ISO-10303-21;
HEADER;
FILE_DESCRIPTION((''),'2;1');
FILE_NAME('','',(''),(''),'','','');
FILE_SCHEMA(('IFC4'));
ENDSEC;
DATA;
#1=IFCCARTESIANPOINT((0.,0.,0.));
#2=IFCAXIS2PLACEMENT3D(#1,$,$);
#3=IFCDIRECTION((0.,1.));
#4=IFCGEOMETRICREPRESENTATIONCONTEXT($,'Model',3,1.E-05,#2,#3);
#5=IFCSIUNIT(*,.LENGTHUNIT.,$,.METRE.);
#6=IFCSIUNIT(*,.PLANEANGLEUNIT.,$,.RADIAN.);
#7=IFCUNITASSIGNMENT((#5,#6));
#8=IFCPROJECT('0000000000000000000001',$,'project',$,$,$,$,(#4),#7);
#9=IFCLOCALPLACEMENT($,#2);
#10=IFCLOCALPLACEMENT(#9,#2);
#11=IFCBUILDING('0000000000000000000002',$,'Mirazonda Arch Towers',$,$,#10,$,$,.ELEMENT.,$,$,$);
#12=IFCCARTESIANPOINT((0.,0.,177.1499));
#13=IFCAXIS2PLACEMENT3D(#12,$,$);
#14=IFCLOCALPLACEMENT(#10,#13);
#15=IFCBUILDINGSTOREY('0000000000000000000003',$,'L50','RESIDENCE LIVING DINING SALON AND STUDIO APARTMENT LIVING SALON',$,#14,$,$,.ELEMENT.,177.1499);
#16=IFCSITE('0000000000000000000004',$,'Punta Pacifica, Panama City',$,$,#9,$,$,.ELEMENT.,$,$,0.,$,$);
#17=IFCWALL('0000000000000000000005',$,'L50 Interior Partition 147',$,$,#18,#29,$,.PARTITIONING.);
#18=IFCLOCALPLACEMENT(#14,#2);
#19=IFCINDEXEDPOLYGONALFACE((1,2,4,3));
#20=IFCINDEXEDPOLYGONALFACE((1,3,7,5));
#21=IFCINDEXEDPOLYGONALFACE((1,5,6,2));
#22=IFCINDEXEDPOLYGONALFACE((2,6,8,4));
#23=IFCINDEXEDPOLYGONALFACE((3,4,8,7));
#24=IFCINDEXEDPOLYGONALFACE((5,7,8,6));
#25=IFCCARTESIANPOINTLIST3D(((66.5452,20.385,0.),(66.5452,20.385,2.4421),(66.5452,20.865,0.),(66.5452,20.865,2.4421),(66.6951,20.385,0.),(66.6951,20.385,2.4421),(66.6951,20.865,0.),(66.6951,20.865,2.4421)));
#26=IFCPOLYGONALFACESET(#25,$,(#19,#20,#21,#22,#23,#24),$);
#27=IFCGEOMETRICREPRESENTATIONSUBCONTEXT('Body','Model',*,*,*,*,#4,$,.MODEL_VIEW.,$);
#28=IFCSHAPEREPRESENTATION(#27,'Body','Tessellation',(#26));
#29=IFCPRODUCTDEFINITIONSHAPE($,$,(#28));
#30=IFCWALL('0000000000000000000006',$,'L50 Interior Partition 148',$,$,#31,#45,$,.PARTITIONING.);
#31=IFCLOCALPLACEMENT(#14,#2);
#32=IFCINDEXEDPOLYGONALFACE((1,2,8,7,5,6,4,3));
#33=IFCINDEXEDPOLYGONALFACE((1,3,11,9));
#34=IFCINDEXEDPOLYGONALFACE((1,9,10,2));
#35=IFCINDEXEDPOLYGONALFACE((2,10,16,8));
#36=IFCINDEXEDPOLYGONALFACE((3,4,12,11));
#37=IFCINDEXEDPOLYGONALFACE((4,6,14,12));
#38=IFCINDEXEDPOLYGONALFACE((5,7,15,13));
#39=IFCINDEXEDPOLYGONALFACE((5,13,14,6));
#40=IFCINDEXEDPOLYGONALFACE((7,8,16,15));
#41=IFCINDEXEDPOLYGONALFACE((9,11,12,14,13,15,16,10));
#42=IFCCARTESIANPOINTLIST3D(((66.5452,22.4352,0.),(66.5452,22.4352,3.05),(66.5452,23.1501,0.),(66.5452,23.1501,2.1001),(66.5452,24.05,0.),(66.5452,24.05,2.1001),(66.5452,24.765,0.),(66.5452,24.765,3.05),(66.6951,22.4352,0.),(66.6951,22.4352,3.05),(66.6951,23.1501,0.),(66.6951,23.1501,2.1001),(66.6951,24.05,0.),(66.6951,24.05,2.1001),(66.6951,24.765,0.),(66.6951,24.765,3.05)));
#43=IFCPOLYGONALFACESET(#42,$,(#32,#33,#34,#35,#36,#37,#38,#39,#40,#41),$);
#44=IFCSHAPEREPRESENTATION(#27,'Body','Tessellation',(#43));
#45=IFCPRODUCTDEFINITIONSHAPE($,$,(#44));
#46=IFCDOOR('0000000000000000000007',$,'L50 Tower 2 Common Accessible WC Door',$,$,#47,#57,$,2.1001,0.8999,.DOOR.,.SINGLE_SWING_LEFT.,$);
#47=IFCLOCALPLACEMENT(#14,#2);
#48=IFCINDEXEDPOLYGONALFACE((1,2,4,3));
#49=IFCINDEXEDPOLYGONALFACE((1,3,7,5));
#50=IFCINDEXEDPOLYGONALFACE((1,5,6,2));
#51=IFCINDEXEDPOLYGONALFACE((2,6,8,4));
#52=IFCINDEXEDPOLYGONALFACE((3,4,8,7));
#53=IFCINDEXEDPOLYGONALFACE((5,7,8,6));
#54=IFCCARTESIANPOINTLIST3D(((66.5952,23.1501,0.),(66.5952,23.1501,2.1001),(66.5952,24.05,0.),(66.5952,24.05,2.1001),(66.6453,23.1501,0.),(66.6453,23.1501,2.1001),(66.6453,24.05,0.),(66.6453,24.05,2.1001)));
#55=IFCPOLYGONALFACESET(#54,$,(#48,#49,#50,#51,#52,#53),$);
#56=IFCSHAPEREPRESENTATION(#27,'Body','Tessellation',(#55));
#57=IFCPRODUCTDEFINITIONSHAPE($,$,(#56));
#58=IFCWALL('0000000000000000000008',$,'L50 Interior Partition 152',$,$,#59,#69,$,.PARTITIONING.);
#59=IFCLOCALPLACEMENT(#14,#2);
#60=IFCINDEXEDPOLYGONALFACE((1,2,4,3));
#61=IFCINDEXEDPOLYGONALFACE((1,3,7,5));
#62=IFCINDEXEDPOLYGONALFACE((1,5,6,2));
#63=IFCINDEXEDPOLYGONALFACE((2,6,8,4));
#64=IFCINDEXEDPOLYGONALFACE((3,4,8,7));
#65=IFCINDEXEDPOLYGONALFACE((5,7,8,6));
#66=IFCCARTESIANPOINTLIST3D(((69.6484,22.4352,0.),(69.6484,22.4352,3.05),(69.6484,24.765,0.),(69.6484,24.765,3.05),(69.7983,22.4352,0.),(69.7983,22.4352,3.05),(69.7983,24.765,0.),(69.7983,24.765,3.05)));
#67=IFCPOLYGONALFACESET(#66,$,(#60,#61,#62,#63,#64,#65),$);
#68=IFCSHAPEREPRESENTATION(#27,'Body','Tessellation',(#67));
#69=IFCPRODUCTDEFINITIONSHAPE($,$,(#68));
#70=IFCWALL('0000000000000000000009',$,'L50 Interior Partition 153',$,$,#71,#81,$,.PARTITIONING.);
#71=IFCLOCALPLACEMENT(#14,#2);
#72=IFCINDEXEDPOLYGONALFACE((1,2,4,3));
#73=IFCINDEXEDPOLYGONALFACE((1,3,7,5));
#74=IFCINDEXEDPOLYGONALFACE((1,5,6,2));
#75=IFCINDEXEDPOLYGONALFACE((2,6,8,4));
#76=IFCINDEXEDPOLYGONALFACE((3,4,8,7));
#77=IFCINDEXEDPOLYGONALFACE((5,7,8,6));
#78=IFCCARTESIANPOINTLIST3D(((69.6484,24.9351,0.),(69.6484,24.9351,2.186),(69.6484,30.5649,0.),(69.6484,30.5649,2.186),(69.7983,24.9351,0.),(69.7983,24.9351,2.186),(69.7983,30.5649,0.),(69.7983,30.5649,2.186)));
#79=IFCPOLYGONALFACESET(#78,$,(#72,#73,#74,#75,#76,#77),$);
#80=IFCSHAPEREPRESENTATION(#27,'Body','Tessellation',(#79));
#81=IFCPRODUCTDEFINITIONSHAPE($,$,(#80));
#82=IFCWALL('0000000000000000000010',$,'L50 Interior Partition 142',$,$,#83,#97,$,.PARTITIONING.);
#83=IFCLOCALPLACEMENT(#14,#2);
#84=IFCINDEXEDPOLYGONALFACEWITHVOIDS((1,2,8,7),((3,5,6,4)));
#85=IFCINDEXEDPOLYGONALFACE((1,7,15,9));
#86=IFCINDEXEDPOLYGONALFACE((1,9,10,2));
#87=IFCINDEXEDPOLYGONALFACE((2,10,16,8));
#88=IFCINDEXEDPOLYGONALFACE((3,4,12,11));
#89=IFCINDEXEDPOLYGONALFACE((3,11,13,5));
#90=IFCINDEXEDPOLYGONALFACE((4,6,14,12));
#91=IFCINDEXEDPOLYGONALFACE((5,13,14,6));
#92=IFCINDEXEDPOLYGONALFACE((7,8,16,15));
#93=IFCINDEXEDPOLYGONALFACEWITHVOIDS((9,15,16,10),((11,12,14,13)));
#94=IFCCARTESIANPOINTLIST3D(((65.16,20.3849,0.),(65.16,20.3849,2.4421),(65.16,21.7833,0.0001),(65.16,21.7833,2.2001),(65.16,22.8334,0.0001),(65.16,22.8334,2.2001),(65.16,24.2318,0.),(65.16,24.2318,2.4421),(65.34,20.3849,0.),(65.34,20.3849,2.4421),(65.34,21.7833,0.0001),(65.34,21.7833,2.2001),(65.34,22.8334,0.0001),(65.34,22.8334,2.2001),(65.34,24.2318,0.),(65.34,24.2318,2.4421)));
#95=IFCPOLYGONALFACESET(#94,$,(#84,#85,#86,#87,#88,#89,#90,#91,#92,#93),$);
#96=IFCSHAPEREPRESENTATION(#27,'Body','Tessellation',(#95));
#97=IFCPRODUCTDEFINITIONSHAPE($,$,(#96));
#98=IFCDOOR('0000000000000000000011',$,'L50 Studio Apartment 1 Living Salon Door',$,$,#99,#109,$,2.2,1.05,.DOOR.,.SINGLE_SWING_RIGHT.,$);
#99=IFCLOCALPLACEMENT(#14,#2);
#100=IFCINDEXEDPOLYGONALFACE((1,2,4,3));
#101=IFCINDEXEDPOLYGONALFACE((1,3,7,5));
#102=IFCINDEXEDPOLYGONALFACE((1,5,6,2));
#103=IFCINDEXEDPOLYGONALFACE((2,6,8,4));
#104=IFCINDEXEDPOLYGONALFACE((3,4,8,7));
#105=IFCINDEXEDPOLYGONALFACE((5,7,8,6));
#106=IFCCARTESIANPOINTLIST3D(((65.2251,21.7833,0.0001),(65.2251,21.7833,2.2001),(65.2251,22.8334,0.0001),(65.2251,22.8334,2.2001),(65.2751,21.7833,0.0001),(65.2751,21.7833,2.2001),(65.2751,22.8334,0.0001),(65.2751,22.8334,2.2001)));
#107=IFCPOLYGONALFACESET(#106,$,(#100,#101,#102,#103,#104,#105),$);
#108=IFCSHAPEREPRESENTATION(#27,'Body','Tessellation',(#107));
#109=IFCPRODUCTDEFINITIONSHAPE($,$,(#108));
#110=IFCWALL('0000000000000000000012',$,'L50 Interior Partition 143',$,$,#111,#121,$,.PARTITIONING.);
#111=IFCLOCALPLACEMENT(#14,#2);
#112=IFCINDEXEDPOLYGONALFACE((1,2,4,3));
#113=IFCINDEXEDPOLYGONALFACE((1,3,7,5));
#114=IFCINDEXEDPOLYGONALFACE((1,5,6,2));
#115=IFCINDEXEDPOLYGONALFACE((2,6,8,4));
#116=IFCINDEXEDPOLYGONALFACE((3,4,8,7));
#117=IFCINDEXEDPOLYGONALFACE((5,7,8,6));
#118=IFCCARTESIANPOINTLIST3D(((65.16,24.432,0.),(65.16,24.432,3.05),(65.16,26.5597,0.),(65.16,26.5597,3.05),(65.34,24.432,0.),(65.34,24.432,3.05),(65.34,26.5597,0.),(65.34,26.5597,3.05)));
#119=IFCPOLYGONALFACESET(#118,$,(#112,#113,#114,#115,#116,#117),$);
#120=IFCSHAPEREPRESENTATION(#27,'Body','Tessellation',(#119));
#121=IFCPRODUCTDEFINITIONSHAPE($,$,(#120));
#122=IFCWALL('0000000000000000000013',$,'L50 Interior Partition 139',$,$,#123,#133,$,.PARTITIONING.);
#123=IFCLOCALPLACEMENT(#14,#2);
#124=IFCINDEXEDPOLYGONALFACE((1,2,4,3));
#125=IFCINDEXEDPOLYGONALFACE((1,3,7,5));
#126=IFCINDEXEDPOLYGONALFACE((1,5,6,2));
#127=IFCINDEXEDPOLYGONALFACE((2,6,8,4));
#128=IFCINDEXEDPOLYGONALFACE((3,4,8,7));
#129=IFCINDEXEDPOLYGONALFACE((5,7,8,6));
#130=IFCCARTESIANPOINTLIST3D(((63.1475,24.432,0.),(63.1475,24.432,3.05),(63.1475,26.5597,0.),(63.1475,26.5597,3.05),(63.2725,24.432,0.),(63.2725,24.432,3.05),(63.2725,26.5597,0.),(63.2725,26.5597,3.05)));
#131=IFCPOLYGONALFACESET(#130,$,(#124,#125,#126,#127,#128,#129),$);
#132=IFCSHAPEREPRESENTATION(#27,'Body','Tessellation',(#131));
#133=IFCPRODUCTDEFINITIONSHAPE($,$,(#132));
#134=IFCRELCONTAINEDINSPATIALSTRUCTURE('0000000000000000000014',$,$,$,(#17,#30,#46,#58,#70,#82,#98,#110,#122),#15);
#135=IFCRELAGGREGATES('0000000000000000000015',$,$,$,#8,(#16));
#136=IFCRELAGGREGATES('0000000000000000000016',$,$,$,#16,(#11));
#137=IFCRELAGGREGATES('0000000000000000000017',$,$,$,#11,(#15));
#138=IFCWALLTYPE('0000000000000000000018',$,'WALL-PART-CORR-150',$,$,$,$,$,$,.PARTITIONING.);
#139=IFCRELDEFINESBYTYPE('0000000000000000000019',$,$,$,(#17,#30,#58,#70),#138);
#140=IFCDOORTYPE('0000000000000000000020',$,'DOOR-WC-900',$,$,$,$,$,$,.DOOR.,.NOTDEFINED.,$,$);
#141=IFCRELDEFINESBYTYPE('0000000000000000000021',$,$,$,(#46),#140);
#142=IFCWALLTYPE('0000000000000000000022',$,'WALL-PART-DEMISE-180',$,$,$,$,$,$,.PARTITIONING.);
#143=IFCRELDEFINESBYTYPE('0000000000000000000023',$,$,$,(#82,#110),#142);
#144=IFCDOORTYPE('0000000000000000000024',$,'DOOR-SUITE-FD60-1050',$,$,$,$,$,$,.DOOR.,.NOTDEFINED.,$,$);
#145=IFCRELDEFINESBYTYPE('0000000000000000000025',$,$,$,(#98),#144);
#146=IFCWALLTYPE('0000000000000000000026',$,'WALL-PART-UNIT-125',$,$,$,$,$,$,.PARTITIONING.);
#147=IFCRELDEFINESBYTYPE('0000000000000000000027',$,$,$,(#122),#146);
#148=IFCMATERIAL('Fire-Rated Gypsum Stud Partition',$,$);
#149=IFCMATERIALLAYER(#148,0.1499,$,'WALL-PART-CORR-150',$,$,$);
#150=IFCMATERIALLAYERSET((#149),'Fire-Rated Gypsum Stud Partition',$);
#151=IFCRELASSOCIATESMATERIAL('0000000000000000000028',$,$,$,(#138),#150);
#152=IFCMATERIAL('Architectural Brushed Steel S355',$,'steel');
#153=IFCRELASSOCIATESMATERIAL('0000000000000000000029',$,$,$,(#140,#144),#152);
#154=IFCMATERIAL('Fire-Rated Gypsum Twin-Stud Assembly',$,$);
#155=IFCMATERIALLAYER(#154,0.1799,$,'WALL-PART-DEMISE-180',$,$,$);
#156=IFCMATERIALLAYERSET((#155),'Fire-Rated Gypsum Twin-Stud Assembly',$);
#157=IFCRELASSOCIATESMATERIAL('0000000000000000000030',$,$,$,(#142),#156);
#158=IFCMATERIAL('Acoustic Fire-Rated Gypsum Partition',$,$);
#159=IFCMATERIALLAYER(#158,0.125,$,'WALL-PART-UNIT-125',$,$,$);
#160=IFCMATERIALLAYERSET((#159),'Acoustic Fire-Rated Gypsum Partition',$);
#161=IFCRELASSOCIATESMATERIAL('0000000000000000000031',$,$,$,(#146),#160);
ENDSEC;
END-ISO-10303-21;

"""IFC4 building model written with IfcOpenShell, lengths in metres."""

from ifc_helpers import new_model, si_unit, direction, frame, frame_2d, origin, place, context, subcontext, project, spatial, rectangle, extrude, material, layer, layer_set, type_object, element, fill, save


model = new_model("IFC4")

# Units and contexts
model_context = context("Model", 3, precision=1e-05, world=origin(), true_north=direction((0.0, 1.0)))
body_context = subcontext(model_context, "Body", "Model", "MODEL_VIEW")
ifc_project = project(units=[si_unit("LENGTHUNIT", "METRE"), si_unit("PLANEANGLEUNIT", "RADIAN")], contexts=[model_context])

# Site, building, storey
site_placement = place(None, origin())
site = spatial("IfcSite", under=ifc_project, at=site_placement, Name="Punta Pacifica, Panama City", CompositionType="ELEMENT", RefElevation=0.0)
building_placement = place(site_placement, origin())
building = spatial("IfcBuilding", under=site, at=building_placement, Name="Mirazonda Arch Towers", CompositionType="ELEMENT")
storey_placement = place(building_placement, frame((0.0, 0.0, 177.1499)))
storey = spatial("IfcBuildingStorey", under=building, at=storey_placement, Name="L50", Description="RESIDENCE LIVING DINING SALON AND STUDIO APARTMENT LIVING SALON", CompositionType="ELEMENT", Elevation=177.1499)

# Shared definitions
ifc_material_1 = material(Name="Architectural Brushed Steel S355", Category="steel")

# Wall
ifc_material_2 = material(Name="Fire-Rated Gypsum Stud Partition")
ifc_layer_1 = layer(ifc_material_2, 0.1499, Name="WALL-PART-CORR-150")
ifc_layer_set_1 = layer_set([ifc_layer_1], Name="Fire-Rated Gypsum Stud Partition")
wall_type_1 = type_object("IfcWallType", Name="WALL-PART-CORR-150", PredefinedType="PARTITIONING", material=ifc_layer_set_1)
wall_1_placement = place(storey_placement, frame((66.6201, 20.385, 0.0), z_axis=(0.0, 0.0, 1.0), x_axis=(0.0, 1.0, 0.0)))
element("IfcWall", 1, at=wall_1_placement, inside=storey, type_object=wall_type_1, Name="L50 Interior Partition 147", PredefinedType="PARTITIONING", context=body_context, shape_type="SweptSolid", body=[
    extrude(rectangle(XDim=0.48, YDim=0.1499, at=frame_2d((0.24, 0.0))), origin(), (0.0, 0.0, 1.0), 2.4421),
])

# Wall, opening, door
wall_2_placement = place(storey_placement, frame((66.6201, 22.4351, 0.0), z_axis=(0.0, 0.0, 1.0), x_axis=(0.0, 1.0, 0.0)))
wall_2 = element("IfcWall", 2, at=wall_2_placement, inside=storey, type_object=wall_type_1, Name="L50 Interior Partition 148", PredefinedType="PARTITIONING", context=body_context, shape_type="SweptSolid", body=[
    extrude(rectangle(XDim=2.3298, YDim=0.1499, at=frame_2d((1.165, 0.0))), origin(), (0.0, 0.0, 1.0), 3.05),
])
opening_1_placement = place(wall_2_placement, frame((0.7151, 0.0, 0.0)))
opening_1 = element("IfcOpeningElement", 3, at=opening_1_placement, cuts=wall_2, PredefinedType="OPENING", context=body_context, shape_type="SweptSolid", body=[
    extrude(rectangle(XDim=0.8999, YDim=2.1001, at=frame_2d((0.45, 1.05))), frame((0.0, 0.085, 0.0), z_axis=(0.0, -1.0, 0.0), x_axis=(1.0, 0.0, 0.0)), (0.0, 0.0, 1.0), 0.1699),
])
door_type_1 = type_object("IfcDoorType", Name="DOOR-WC-900", OperationType="NOTDEFINED", PredefinedType="DOOR", material=ifc_material_1)
door_1_placement = place(opening_1_placement, origin())
door_1 = element("IfcDoor", 4, at=door_1_placement, inside=storey, type_object=door_type_1, Name="L50 Tower 2 Common Accessible WC Door", OperationType="SINGLE_SWING_LEFT", OverallHeight=2.1001, OverallWidth=0.8999, PredefinedType="DOOR", context=body_context, shape_type="SweptSolid", body=[
    extrude(rectangle(XDim=0.8999, YDim=2.1001, at=frame_2d((0.45, 1.05))), frame((0.0, 0.0249, 0.0), z_axis=(0.0, -1.0, 0.0), x_axis=(1.0, 0.0, 0.0)), (0.0, 0.0, 1.0), 0.05),
])
fill(opening_1, door_1)

# Walls
wall_3_placement = place(storey_placement, frame((69.7234, 22.4351, 0.0), z_axis=(0.0, 0.0, 1.0), x_axis=(0.0, 1.0, 0.0)))
element("IfcWall", 5, at=wall_3_placement, inside=storey, type_object=wall_type_1, Name="L50 Interior Partition 152", PredefinedType="PARTITIONING", context=body_context, shape_type="SweptSolid", body=[
    extrude(rectangle(XDim=2.3298, YDim=0.1499, at=frame_2d((1.165, 0.0))), origin(), (0.0, 0.0, 1.0), 3.05),
])
wall_4_placement = place(storey_placement, frame((69.7234, 24.9351, 0.0), z_axis=(0.0, 0.0, 1.0), x_axis=(0.0, 1.0, 0.0)))
element("IfcWall", 6, at=wall_4_placement, inside=storey, type_object=wall_type_1, Name="L50 Interior Partition 153", PredefinedType="PARTITIONING", context=body_context, shape_type="SweptSolid", body=[
    extrude(rectangle(XDim=5.6299, YDim=0.1499, at=frame_2d((2.8149, 0.0))), origin(), (0.0, 0.0, 1.0), 2.186),
])

# Wall, opening, door
ifc_material_3 = material(Name="Fire-Rated Gypsum Twin-Stud Assembly")
ifc_layer_2 = layer(ifc_material_3, 0.1799, Name="WALL-PART-DEMISE-180")
ifc_layer_set_2 = layer_set([ifc_layer_2], Name="Fire-Rated Gypsum Twin-Stud Assembly")
wall_type_2 = type_object("IfcWallType", Name="WALL-PART-DEMISE-180", PredefinedType="PARTITIONING", material=ifc_layer_set_2)
wall_5_placement = place(storey_placement, frame((65.25, 20.385, 0.0), z_axis=(0.0, 0.0, 1.0), x_axis=(0.0, 1.0, 0.0)))
wall_5 = element("IfcWall", 7, at=wall_5_placement, inside=storey, type_object=wall_type_2, Name="L50 Interior Partition 142", PredefinedType="PARTITIONING", context=body_context, shape_type="SweptSolid", body=[
    extrude(rectangle(XDim=3.8469, YDim=0.1799, at=frame_2d((1.9233, 0.0))), origin(), (0.0, 0.0, 1.0), 2.4421),
])
opening_2_placement = place(wall_5_placement, frame((1.3984, 0.0, 0.0)))
opening_2 = element("IfcOpeningElement", 8, at=opening_2_placement, cuts=wall_5, PredefinedType="OPENING", context=body_context, shape_type="SweptSolid", body=[
    extrude(rectangle(XDim=1.05, YDim=2.2, at=frame_2d((0.5249, 1.1001))), frame((0.0, 0.0999, 0.0), z_axis=(0.0, -1.0, 0.0), x_axis=(1.0, 0.0, 0.0)), (0.0, 0.0, 1.0), 0.2),
])
door_type_2 = type_object("IfcDoorType", Name="DOOR-SUITE-FD60-1050", OperationType="NOTDEFINED", PredefinedType="DOOR", material=ifc_material_1)
door_2_placement = place(opening_2_placement, origin())
door_2 = element("IfcDoor", 9, at=door_2_placement, inside=storey, type_object=door_type_2, Name="L50 Studio Apartment 1 Living Salon Door", OperationType="SINGLE_SWING_RIGHT", OverallHeight=2.2, OverallWidth=1.05, PredefinedType="DOOR", context=body_context, shape_type="SweptSolid", body=[
    extrude(rectangle(XDim=1.05, YDim=2.2, at=frame_2d((0.5249, 1.1001))), frame((0.0, 0.0249, 0.0), z_axis=(0.0, -1.0, 0.0), x_axis=(1.0, 0.0, 0.0)), (0.0, 0.0, 1.0), 0.05),
])
fill(opening_2, door_2)

# Walls
wall_6_placement = place(storey_placement, frame((65.25, 24.4319, 0.0), z_axis=(0.0, 0.0, 1.0), x_axis=(0.0, 1.0, 0.0)))
element("IfcWall", 10, at=wall_6_placement, inside=storey, type_object=wall_type_2, Name="L50 Interior Partition 143", PredefinedType="PARTITIONING", context=body_context, shape_type="SweptSolid", body=[
    extrude(rectangle(XDim=2.1277, YDim=0.1799, at=frame_2d((1.064, 0.0))), origin(), (0.0, 0.0, 1.0), 3.05),
])
ifc_material_4 = material(Name="Acoustic Fire-Rated Gypsum Partition")
ifc_layer_3 = layer(ifc_material_4, 0.125, Name="WALL-PART-UNIT-125")
ifc_layer_set_3 = layer_set([ifc_layer_3], Name="Acoustic Fire-Rated Gypsum Partition")
wall_type_3 = type_object("IfcWallType", Name="WALL-PART-UNIT-125", PredefinedType="PARTITIONING", material=ifc_layer_set_3)
wall_7_placement = place(storey_placement, frame((63.21, 24.4319, 0.0), z_axis=(0.0, 0.0, 1.0), x_axis=(0.0, 1.0, 0.0)))
element("IfcWall", 11, at=wall_7_placement, inside=storey, type_object=wall_type_3, Name="L50 Interior Partition 139", PredefinedType="PARTITIONING", context=body_context, shape_type="SweptSolid", body=[
    extrude(rectangle(XDim=2.1277, YDim=0.125, at=frame_2d((1.064, 0.0))), origin(), (0.0, 0.0, 1.0), 3.05),
])

save(model, "model.ifc")
